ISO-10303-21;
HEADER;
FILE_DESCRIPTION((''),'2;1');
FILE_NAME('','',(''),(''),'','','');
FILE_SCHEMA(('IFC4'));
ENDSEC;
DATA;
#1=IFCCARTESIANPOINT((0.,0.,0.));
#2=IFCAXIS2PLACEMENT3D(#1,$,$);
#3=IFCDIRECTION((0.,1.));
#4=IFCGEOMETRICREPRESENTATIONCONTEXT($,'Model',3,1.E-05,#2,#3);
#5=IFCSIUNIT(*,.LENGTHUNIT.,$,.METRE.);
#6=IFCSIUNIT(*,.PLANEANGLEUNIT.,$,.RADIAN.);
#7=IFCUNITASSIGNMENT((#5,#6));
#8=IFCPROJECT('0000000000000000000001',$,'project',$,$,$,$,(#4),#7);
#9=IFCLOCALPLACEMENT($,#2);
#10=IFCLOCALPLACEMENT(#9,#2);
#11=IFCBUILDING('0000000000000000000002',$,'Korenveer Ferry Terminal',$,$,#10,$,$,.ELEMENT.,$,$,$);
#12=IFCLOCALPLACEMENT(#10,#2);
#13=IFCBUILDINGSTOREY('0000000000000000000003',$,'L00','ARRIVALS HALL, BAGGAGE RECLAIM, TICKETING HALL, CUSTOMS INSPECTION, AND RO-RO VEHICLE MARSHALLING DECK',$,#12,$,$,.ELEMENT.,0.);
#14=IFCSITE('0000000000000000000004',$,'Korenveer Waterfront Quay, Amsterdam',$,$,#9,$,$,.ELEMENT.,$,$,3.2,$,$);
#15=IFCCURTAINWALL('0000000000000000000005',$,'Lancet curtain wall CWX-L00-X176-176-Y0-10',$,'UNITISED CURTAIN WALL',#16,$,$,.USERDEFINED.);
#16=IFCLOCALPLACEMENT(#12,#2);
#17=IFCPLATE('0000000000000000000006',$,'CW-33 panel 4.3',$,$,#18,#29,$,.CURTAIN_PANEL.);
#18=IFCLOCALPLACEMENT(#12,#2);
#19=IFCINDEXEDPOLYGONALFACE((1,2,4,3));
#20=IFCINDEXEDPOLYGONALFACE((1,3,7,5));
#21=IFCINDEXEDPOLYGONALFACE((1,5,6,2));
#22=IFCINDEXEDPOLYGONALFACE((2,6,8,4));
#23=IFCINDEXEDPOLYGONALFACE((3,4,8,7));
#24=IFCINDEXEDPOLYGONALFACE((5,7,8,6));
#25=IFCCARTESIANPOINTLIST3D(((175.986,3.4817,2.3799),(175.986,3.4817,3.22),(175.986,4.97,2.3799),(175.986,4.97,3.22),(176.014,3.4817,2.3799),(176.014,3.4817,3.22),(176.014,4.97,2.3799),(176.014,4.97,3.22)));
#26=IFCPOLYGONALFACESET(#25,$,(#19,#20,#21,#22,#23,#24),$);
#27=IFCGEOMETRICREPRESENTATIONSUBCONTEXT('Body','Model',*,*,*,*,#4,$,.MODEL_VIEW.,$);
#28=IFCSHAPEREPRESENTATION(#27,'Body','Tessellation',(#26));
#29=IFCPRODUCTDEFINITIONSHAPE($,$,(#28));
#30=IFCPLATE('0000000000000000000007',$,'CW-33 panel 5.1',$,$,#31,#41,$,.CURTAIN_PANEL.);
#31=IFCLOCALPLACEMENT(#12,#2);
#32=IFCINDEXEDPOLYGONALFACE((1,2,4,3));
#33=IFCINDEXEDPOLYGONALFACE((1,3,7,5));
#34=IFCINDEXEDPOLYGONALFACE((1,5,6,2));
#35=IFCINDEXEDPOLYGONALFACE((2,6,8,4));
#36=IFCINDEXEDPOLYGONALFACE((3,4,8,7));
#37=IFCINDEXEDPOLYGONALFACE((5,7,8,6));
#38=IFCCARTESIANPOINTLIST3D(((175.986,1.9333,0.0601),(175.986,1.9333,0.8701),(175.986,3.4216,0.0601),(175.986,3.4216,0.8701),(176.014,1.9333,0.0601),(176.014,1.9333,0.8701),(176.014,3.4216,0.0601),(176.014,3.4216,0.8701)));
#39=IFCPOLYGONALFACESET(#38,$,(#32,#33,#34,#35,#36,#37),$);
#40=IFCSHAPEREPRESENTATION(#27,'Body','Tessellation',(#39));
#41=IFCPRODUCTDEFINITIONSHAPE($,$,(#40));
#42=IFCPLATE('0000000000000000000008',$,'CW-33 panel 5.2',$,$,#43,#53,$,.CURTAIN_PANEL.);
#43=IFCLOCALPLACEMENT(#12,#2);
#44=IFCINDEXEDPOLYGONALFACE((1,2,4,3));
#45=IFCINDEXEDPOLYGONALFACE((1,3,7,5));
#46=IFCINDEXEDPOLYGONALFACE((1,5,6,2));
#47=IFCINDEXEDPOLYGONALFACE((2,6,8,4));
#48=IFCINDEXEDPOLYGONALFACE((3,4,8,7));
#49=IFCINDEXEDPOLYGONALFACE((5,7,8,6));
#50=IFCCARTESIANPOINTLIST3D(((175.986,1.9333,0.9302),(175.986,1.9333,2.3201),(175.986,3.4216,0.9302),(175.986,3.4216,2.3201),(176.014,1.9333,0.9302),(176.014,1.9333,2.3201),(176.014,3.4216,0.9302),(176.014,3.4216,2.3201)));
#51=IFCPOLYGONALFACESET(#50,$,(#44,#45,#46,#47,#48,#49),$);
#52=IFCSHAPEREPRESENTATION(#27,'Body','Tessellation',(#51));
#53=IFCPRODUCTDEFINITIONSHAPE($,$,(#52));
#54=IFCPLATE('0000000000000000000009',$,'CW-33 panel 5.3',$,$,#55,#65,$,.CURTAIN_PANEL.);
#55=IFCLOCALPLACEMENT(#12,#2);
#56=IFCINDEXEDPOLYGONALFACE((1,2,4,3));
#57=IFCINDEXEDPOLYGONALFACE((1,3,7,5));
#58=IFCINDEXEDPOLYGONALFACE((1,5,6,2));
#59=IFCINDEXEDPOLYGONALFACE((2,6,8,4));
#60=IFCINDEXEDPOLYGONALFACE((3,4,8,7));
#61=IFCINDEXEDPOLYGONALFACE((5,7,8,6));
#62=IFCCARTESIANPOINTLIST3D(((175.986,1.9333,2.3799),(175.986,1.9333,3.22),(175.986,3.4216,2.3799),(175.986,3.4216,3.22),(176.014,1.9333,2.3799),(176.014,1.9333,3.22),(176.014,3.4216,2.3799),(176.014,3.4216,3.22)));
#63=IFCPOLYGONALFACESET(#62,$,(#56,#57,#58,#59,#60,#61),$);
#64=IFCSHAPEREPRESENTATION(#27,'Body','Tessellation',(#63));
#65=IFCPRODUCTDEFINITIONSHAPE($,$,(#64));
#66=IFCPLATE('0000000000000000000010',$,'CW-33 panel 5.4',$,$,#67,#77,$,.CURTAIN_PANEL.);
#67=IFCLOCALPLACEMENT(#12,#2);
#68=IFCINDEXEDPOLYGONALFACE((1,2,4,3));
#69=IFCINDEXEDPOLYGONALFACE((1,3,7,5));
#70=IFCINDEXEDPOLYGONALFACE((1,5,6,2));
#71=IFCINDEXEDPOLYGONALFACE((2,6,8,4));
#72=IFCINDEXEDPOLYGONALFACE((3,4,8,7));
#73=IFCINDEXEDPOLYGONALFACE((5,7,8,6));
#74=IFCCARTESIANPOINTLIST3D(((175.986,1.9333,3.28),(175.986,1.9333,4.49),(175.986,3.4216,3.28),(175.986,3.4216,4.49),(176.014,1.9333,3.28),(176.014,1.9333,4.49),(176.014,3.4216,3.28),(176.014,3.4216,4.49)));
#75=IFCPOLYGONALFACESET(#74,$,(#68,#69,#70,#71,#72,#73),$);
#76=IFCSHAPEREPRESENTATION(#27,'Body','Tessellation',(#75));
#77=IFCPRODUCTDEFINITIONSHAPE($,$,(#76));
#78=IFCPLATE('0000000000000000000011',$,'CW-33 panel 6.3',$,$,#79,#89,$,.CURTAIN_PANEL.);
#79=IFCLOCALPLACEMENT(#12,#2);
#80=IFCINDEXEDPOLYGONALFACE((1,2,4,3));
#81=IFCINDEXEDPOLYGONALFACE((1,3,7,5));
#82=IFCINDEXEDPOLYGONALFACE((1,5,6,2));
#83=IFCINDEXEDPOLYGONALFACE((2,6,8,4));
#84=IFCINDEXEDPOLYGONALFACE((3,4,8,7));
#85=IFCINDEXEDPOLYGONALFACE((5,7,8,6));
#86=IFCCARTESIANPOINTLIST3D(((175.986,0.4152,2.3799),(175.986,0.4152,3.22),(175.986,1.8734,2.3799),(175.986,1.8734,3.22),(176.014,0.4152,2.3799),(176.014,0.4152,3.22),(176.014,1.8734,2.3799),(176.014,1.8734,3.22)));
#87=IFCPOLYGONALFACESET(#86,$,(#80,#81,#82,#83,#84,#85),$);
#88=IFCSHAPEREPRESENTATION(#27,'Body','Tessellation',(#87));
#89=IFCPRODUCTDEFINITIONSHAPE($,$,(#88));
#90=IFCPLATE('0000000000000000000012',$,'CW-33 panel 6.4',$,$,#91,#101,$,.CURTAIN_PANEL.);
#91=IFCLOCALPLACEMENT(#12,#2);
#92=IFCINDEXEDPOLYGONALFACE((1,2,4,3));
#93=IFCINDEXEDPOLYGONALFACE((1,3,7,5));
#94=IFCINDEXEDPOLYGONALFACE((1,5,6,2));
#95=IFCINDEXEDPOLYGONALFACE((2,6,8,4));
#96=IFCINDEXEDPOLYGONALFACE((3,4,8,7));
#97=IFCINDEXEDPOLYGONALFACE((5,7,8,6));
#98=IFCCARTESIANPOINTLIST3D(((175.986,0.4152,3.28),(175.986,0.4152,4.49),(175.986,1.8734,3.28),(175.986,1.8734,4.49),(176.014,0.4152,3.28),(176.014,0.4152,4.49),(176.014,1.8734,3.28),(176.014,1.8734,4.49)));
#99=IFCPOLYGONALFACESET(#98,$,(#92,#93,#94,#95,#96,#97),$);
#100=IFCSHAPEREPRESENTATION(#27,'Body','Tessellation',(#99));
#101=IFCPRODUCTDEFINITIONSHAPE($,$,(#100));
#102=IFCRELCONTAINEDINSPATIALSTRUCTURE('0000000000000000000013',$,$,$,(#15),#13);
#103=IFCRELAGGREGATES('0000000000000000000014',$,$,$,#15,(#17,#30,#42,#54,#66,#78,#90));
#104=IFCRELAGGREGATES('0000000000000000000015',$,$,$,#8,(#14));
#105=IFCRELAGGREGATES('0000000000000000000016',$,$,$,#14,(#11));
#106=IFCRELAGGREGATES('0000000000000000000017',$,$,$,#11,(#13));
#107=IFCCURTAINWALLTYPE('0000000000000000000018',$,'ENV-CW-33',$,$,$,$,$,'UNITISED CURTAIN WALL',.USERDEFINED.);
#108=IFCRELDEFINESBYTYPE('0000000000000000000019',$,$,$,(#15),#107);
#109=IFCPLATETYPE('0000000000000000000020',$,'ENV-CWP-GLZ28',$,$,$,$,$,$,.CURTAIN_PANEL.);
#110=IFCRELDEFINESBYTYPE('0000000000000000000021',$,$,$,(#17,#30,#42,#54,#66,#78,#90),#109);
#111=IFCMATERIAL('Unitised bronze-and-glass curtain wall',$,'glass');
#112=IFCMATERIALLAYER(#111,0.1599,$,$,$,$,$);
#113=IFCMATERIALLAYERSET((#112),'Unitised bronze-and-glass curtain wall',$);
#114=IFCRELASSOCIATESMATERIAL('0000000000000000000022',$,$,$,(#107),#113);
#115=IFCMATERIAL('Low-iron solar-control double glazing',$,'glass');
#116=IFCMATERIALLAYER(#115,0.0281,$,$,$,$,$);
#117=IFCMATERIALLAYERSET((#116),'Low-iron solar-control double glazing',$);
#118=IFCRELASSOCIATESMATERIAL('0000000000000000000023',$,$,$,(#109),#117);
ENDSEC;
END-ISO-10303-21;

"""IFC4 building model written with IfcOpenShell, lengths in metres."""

from ifc_helpers import new_model, si_unit, direction, frame, origin, origin_2d, place, context, subcontext, project, spatial, rectangle, extrude, material, layer, layer_set, type_object, element, aggregate, save


model = new_model("IFC4")

# Units and contexts
model_context = context("Model", 3, precision=1e-05, world=origin(), true_north=direction((0.0, 1.0)))
body_context = subcontext(model_context, "Body", "Model", "MODEL_VIEW")
ifc_project = project(units=[si_unit("LENGTHUNIT", "METRE"), si_unit("PLANEANGLEUNIT", "RADIAN")], contexts=[model_context])

# Site, building, storey
site_placement = place(None, origin())
site = spatial("IfcSite", under=ifc_project, at=site_placement, Name="Korenveer Waterfront Quay, Amsterdam", CompositionType="ELEMENT", RefElevation=3.2)
building_placement = place(site_placement, origin())
building = spatial("IfcBuilding", under=site, at=building_placement, Name="Korenveer Ferry Terminal", CompositionType="ELEMENT")
storey_placement = place(building_placement, origin())
storey = spatial("IfcBuildingStorey", under=building, at=storey_placement, Name="L00", Description="ARRIVALS HALL, BAGGAGE RECLAIM, TICKETING HALL, CUSTOMS INSPECTION, AND RO-RO VEHICLE MARSHALLING DECK", CompositionType="ELEMENT", Elevation=0.0)

# Curtain wall, plates
ifc_material_1 = material(Name="Unitised bronze-and-glass curtain wall", Category="glass")
ifc_layer_1 = layer(ifc_material_1, 0.1599)
ifc_layer_set_1 = layer_set([ifc_layer_1], Name="Unitised bronze-and-glass curtain wall")
curtain_wall_type = type_object("IfcCurtainWallType", Name="ENV-CW-33", ElementType="UNITISED CURTAIN WALL", PredefinedType="USERDEFINED", material=ifc_layer_set_1)
curtain_wall_placement = place(storey_placement, frame((176.0, 9.645, 0.0)))
curtain_wall = element("IfcCurtainWall", 1, at=curtain_wall_placement, inside=storey, type_object=curtain_wall_type, Name="Lancet curtain wall CWX-L00-X176-176-Y0-10", ObjectType="UNITISED CURTAIN WALL", PredefinedType="USERDEFINED")
ifc_material_2 = material(Name="Low-iron solar-control double glazing", Category="glass")
ifc_layer_2 = layer(ifc_material_2, 0.0281)
ifc_layer_set_2 = layer_set([ifc_layer_2], Name="Low-iron solar-control double glazing")
plate_type = type_object("IfcPlateType", Name="ENV-CWP-GLZ28", PredefinedType="CURTAIN_PANEL", material=ifc_layer_set_2)
plate_1_placement = place(storey_placement, frame((176.0, 4.2258, 2.3799), z_axis=(0.0, 0.0, 1.0), x_axis=(0.0, -1.0, 0.0)))
plate_1 = element("IfcPlate", 2, at=plate_1_placement, type_object=plate_type, Name="CW-33 panel 4.3", PredefinedType="CURTAIN_PANEL", context=body_context, shape_type="SweptSolid", body=[
    extrude(rectangle(XDim=1.4883, YDim=0.0281, at=origin_2d()), origin(), (0.0, 0.0, 1.0), 0.8401),
])
plate_2_placement = place(storey_placement, frame((176.0, 2.6775, 0.0601), z_axis=(0.0, 0.0, 1.0), x_axis=(0.0, -1.0, 0.0)))
plate_2 = element("IfcPlate", 3, at=plate_2_placement, type_object=plate_type, Name="CW-33 panel 5.1", PredefinedType="CURTAIN_PANEL", context=body_context, shape_type="SweptSolid", body=[
    extrude(rectangle(XDim=1.4883, YDim=0.0281, at=origin_2d()), origin(), (0.0, 0.0, 1.0), 0.8101),
])
plate_3_placement = place(storey_placement, frame((176.0, 2.6775, 0.9302), z_axis=(0.0, 0.0, 1.0), x_axis=(0.0, -1.0, 0.0)))
plate_3 = element("IfcPlate", 4, at=plate_3_placement, type_object=plate_type, Name="CW-33 panel 5.2", PredefinedType="CURTAIN_PANEL", context=body_context, shape_type="SweptSolid", body=[
    extrude(rectangle(XDim=1.4883, YDim=0.0281, at=origin_2d()), origin(), (0.0, 0.0, 1.0), 1.3899),
])
plate_4_placement = place(storey_placement, frame((176.0, 2.6775, 2.3799), z_axis=(0.0, 0.0, 1.0), x_axis=(0.0, -1.0, 0.0)))
plate_4 = element("IfcPlate", 5, at=plate_4_placement, type_object=plate_type, Name="CW-33 panel 5.3", PredefinedType="CURTAIN_PANEL", context=body_context, shape_type="SweptSolid", body=[
    extrude(rectangle(XDim=1.4883, YDim=0.0281, at=origin_2d()), origin(), (0.0, 0.0, 1.0), 0.8401),
])
plate_5_placement = place(storey_placement, frame((176.0, 2.6775, 3.28), z_axis=(0.0, 0.0, 1.0), x_axis=(0.0, -1.0, 0.0)))
plate_5 = element("IfcPlate", 6, at=plate_5_placement, type_object=plate_type, Name="CW-33 panel 5.4", PredefinedType="CURTAIN_PANEL", context=body_context, shape_type="SweptSolid", body=[
    extrude(rectangle(XDim=1.4883, YDim=0.0281, at=origin_2d()), origin(), (0.0, 0.0, 1.0), 1.21),
])
plate_6_placement = place(storey_placement, frame((176.0, 1.1443, 2.3799), z_axis=(0.0, 0.0, 1.0), x_axis=(0.0, -1.0, 0.0)))
plate_6 = element("IfcPlate", 7, at=plate_6_placement, type_object=plate_type, Name="CW-33 panel 6.3", PredefinedType="CURTAIN_PANEL", context=body_context, shape_type="SweptSolid", body=[
    extrude(rectangle(XDim=1.4583, YDim=0.0281, at=origin_2d()), origin(), (0.0, 0.0, 1.0), 0.8401),
])
plate_7_placement = place(storey_placement, frame((176.0, 1.1443, 3.28), z_axis=(0.0, 0.0, 1.0), x_axis=(0.0, -1.0, 0.0)))
plate_7 = element("IfcPlate", 8, at=plate_7_placement, type_object=plate_type, Name="CW-33 panel 6.4", PredefinedType="CURTAIN_PANEL", context=body_context, shape_type="SweptSolid", body=[
    extrude(rectangle(XDim=1.4583, YDim=0.0281, at=origin_2d()), origin(), (0.0, 0.0, 1.0), 1.21),
])
aggregate(curtain_wall, [plate_1, plate_2, plate_3, plate_4, plate_5, plate_6, plate_7])

save(model, "model.ifc")
